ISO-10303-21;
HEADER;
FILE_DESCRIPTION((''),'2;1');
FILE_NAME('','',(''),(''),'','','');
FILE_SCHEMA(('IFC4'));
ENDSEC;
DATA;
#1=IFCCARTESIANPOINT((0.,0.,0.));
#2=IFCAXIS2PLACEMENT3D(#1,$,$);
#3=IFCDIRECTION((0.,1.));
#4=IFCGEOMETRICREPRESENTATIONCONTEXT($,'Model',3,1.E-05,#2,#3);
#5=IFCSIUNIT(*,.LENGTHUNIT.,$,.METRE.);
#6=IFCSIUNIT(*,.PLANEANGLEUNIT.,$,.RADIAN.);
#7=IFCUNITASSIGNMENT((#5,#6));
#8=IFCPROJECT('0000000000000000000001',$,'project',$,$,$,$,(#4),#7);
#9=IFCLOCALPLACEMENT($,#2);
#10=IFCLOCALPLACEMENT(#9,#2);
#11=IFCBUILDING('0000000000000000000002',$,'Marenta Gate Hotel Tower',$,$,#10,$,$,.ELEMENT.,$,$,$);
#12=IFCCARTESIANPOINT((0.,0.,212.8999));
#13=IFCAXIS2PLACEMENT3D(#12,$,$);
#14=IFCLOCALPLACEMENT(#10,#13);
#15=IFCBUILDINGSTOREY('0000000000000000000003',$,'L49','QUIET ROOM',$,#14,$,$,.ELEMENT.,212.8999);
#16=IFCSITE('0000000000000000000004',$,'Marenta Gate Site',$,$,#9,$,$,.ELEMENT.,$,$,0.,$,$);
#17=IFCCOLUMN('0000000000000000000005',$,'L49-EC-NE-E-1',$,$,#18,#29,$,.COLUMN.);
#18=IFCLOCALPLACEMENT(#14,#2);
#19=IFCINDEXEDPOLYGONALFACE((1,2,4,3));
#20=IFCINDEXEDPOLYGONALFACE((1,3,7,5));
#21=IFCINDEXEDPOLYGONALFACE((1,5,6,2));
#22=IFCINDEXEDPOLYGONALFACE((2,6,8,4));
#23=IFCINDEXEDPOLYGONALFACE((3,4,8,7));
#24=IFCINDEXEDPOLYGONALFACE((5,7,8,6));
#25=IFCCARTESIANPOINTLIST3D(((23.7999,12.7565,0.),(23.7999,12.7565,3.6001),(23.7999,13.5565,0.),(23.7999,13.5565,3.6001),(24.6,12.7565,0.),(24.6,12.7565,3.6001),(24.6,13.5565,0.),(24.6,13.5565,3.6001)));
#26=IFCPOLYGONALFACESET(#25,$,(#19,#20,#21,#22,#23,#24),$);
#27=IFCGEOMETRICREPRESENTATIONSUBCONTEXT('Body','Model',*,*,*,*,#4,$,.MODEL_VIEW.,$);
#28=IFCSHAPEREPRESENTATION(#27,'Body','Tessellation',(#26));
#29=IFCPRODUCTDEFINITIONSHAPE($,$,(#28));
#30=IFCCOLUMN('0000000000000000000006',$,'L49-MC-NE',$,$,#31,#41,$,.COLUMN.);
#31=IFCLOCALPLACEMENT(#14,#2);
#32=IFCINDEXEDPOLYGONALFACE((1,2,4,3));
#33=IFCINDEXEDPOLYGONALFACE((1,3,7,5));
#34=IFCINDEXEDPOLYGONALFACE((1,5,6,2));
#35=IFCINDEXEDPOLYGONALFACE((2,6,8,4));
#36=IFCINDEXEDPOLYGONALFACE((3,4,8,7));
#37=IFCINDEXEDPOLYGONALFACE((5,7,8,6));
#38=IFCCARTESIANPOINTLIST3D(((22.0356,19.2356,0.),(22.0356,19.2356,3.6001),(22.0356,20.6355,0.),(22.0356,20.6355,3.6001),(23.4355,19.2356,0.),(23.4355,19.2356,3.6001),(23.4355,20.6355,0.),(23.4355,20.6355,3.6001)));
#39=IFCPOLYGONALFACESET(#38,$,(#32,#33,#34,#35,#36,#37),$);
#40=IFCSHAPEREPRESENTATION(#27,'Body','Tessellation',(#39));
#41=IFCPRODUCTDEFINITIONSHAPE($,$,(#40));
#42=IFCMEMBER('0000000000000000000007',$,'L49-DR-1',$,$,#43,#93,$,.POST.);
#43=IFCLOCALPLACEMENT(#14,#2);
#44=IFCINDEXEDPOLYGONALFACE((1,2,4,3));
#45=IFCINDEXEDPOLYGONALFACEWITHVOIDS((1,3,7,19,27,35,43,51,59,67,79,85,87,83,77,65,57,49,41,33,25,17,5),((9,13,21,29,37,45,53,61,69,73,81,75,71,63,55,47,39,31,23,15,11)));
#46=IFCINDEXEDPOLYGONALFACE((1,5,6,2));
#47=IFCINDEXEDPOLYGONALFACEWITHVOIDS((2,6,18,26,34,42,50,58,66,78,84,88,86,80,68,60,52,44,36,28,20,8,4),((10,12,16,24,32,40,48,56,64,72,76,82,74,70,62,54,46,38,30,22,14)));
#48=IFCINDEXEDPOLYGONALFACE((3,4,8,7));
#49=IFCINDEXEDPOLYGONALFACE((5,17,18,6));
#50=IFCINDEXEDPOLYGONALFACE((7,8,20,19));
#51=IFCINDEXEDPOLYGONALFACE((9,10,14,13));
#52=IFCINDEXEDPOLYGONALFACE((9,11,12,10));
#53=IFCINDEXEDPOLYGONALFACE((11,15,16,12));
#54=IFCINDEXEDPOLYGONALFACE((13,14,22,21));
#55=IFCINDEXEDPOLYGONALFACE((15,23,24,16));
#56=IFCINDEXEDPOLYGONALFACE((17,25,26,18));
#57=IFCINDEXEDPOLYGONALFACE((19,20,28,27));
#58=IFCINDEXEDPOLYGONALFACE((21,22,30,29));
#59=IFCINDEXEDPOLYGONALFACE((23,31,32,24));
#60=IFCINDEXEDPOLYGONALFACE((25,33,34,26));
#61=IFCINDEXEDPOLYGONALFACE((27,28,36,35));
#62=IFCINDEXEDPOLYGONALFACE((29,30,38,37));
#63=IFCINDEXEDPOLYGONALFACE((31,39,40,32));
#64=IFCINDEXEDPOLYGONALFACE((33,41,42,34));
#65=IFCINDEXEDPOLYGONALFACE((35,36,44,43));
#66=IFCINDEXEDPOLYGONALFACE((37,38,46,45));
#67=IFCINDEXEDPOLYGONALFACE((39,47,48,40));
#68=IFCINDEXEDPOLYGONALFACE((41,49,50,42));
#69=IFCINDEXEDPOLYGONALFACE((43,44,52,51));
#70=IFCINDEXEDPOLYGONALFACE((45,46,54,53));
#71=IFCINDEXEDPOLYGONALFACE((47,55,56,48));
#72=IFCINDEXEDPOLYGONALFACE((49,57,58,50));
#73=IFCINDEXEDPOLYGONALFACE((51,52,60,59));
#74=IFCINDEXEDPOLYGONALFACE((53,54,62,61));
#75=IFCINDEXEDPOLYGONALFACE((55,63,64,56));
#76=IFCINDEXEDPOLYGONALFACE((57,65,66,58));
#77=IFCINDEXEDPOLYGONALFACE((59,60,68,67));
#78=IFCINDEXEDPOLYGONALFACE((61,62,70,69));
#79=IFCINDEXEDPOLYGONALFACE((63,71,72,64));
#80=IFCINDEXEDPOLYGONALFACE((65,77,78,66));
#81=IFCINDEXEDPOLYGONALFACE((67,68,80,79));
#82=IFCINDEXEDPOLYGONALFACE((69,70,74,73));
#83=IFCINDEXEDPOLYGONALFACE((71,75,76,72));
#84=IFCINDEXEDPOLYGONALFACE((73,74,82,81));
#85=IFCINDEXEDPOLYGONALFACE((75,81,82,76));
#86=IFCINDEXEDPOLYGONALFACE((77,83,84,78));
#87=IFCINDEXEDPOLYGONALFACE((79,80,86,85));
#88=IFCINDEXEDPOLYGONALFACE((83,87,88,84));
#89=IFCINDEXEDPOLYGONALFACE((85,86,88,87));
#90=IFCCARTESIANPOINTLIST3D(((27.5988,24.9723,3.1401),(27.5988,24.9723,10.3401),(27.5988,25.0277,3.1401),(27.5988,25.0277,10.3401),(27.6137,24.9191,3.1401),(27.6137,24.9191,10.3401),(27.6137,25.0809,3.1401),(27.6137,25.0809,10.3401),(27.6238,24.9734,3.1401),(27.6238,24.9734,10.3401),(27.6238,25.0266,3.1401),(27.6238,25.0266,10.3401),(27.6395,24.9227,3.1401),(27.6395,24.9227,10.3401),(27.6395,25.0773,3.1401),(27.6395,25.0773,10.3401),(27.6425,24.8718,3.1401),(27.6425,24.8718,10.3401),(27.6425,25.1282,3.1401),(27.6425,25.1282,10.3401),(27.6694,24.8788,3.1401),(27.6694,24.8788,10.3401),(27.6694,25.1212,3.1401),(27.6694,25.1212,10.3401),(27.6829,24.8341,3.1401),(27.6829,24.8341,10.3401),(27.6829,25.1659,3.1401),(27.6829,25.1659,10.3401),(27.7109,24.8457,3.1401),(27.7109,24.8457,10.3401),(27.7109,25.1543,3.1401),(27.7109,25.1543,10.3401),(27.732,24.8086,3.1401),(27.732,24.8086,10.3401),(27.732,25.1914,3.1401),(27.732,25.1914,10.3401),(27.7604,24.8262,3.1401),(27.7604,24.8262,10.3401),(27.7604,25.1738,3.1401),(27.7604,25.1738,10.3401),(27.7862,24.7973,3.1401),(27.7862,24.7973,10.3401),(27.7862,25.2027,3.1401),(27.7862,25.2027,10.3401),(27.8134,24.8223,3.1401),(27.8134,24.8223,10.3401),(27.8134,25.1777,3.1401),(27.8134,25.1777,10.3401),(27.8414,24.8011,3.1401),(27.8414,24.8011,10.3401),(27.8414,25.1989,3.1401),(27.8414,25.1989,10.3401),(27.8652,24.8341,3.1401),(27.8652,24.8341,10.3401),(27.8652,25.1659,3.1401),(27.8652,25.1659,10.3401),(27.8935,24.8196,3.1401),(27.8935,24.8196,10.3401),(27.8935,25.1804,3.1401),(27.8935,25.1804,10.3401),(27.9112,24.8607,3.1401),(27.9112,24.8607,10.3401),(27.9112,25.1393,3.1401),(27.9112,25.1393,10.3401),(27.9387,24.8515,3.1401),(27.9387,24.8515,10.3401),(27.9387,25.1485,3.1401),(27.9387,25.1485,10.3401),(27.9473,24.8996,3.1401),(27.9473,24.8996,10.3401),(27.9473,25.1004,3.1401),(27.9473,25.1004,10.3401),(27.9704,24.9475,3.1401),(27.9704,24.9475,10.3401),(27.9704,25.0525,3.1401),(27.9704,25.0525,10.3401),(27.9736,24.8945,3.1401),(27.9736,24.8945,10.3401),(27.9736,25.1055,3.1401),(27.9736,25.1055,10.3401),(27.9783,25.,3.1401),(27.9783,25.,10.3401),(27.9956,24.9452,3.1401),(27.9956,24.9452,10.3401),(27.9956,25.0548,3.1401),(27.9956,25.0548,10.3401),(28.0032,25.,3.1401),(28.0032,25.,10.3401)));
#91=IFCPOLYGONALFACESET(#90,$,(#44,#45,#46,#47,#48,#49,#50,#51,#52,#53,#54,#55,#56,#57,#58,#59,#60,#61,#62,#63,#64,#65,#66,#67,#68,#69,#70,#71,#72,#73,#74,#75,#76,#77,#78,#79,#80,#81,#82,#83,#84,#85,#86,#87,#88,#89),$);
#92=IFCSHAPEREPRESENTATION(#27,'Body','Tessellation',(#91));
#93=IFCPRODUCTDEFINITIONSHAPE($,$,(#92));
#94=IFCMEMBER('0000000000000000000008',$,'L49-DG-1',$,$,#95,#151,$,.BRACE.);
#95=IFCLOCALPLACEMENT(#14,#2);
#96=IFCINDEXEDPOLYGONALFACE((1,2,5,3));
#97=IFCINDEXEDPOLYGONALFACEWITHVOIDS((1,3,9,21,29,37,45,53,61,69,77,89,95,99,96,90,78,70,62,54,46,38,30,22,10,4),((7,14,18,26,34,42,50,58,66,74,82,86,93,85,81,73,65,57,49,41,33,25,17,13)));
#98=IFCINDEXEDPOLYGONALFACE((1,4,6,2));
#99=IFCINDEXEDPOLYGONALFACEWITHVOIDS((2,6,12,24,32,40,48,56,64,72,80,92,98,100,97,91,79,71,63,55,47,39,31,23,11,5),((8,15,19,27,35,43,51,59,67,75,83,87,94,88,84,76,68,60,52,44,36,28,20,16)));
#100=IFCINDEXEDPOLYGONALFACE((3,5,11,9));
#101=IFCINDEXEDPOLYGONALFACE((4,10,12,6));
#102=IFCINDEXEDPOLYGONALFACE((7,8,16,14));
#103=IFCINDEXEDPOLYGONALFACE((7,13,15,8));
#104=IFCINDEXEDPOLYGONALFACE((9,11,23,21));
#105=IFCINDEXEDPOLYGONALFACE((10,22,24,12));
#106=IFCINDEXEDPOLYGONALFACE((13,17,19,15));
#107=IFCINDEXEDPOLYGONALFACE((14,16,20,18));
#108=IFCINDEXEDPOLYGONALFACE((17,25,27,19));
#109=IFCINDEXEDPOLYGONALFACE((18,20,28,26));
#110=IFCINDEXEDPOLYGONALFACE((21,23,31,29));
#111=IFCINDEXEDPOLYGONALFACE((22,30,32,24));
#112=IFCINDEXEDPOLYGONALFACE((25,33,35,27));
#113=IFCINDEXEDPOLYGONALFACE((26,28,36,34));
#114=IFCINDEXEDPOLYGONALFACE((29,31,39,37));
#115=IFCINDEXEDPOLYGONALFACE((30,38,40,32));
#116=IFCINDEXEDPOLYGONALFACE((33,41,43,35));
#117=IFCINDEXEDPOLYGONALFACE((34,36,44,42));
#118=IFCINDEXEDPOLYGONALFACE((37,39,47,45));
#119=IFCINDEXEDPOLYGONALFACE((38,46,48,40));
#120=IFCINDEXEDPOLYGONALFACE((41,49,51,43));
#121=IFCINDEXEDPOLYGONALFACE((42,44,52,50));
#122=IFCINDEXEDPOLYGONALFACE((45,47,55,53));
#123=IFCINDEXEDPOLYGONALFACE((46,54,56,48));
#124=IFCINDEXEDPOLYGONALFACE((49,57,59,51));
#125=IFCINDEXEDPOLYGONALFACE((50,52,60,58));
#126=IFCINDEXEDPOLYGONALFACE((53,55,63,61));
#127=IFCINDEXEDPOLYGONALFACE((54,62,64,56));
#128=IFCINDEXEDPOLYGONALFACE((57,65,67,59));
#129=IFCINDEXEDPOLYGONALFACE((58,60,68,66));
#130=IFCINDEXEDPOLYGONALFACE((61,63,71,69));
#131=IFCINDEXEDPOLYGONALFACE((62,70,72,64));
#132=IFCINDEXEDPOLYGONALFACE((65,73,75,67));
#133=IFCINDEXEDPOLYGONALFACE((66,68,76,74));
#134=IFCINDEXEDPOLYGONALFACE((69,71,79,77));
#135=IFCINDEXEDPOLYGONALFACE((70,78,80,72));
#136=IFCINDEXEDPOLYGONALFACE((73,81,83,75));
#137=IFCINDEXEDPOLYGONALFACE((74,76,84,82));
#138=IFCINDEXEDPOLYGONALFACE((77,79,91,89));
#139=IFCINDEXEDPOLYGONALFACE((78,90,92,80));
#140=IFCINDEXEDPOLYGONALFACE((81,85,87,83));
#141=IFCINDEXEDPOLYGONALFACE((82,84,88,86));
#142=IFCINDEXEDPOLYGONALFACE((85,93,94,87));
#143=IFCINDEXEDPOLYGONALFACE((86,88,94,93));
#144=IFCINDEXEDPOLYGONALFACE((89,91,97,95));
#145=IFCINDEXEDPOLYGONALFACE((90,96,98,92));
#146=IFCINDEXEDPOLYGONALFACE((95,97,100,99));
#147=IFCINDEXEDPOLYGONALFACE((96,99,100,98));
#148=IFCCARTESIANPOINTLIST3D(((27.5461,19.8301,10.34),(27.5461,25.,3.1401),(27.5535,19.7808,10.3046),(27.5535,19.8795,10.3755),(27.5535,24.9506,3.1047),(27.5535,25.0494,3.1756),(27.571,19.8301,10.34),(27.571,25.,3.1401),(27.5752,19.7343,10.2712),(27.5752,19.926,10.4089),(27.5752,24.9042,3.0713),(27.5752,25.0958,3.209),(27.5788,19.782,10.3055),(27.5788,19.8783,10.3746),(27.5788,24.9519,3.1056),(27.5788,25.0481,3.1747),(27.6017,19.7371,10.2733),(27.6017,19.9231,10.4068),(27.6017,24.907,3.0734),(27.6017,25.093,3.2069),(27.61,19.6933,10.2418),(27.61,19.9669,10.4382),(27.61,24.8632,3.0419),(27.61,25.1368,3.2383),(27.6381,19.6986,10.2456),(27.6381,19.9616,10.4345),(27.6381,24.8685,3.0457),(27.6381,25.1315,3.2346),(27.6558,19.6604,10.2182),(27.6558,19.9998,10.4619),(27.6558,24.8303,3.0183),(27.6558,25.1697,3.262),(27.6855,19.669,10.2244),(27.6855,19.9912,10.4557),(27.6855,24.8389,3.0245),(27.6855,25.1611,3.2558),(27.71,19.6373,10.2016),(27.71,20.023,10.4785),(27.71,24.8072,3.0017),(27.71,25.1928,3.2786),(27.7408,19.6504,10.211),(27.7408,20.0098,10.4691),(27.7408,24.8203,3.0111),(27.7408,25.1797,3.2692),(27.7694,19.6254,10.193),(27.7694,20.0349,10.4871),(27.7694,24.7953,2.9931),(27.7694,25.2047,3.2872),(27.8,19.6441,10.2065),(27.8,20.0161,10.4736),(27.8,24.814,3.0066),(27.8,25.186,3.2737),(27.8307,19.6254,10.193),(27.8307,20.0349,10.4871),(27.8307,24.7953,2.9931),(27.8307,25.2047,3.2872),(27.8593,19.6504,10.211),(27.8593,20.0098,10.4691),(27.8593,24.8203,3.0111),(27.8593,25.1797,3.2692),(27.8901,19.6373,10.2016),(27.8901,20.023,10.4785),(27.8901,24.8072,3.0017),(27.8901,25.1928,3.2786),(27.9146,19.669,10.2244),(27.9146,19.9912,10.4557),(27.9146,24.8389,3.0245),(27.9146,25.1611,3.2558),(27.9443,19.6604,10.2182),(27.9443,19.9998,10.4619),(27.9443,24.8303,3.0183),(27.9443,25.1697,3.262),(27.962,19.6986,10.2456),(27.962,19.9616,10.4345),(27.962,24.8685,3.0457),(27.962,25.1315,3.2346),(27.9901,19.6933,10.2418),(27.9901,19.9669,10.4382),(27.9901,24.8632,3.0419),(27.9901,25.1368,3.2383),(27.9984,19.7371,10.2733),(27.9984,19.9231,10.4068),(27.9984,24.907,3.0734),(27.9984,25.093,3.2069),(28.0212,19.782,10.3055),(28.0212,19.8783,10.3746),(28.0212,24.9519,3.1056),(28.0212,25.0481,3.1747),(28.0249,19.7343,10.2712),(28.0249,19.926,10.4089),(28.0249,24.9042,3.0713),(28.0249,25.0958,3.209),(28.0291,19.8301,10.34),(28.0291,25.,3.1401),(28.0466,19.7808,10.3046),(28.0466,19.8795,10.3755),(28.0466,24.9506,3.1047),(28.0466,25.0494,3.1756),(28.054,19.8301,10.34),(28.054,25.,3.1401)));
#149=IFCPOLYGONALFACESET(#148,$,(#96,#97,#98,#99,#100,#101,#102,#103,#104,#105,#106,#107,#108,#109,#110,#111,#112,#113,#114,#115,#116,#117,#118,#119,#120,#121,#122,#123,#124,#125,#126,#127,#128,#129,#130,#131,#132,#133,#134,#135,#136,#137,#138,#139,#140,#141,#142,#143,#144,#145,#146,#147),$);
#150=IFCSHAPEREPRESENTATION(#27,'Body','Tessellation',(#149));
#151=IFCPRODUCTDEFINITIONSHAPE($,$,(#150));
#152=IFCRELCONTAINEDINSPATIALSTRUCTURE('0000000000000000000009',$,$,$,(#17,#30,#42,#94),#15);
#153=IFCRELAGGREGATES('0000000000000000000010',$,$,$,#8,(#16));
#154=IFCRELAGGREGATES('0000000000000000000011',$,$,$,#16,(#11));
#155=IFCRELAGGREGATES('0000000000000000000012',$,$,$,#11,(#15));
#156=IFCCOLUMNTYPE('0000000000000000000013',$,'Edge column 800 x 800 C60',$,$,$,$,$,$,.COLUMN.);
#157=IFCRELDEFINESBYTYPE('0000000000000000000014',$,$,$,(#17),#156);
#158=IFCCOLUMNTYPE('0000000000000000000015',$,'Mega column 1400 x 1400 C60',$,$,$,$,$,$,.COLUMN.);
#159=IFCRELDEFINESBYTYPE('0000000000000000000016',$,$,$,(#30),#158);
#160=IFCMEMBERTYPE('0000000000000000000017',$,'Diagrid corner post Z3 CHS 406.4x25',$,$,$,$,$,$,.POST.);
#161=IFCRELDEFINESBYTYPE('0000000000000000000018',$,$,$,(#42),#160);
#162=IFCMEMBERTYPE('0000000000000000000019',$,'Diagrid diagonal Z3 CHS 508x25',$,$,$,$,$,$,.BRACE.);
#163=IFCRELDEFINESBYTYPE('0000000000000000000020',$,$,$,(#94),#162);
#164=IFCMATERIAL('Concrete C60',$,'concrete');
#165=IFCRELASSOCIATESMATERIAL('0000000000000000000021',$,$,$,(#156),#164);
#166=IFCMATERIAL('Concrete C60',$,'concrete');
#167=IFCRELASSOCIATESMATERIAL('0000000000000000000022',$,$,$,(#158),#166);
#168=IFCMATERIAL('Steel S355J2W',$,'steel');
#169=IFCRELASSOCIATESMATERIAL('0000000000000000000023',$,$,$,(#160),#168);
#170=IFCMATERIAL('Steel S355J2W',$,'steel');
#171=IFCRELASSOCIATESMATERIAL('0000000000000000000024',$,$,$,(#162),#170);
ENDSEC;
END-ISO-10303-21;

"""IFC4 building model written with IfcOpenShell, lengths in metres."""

from ifc_helpers import new_model, si_unit, direction, frame, origin, origin_2d, place, context, subcontext, project, spatial, rectangle, hollow_circle, extrude, material, material_profile, profile_set, type_object, element, save


model = new_model("IFC4")

# Units and contexts
model_context = context("Model", 3, precision=1e-05, world=origin(), true_north=direction((0.0, 1.0)))
body_context = subcontext(model_context, "Body", "Model", "MODEL_VIEW")
ifc_project = project(units=[si_unit("LENGTHUNIT", "METRE"), si_unit("PLANEANGLEUNIT", "RADIAN")], contexts=[model_context])

# Site, building, storey
site_placement = place(None, origin())
site = spatial("IfcSite", under=ifc_project, at=site_placement, Name="Marenta Gate Site", CompositionType="ELEMENT", RefElevation=0.0)
building_placement = place(site_placement, origin())
building = spatial("IfcBuilding", under=site, at=building_placement, Name="Marenta Gate Hotel Tower", CompositionType="ELEMENT")
storey_placement = place(building_placement, frame((0.0, 0.0, 212.8999)))
storey = spatial("IfcBuildingStorey", under=building, at=storey_placement, Name="L49", Description="QUIET ROOM", CompositionType="ELEMENT", Elevation=212.8999)

# Columns
ifc_material_1 = material(Name="Concrete C60", Category="concrete")
ifc_material_profile_1 = material_profile(ifc_material_1, rectangle(XDim=0.8, YDim=0.8, at=origin_2d()), Name="800 x 800")
ifc_profile_set_1 = profile_set([ifc_material_profile_1], Name="Concrete C60")
column_type_1 = type_object("IfcColumnType", Name="Edge column 800 x 800 C60", PredefinedType="COLUMN", material=ifc_profile_set_1)
column_1_placement = place(storey_placement, frame((24.2, 13.1565, 0.0), z_axis=(0.0, 0.0, 1.0), x_axis=(1.0, 0.0, 0.0)))
element("IfcColumn", 1, at=column_1_placement, inside=storey, type_object=column_type_1, Name="L49-EC-NE-E-1", PredefinedType="COLUMN", context=body_context, shape_type="SweptSolid", body=[
    extrude(rectangle(XDim=0.8, YDim=0.8, at=origin_2d()), origin(), (0.0, 0.0, 1.0), 3.6001),
])
ifc_material_2 = material(Name="Concrete C60", Category="concrete")
ifc_material_profile_2 = material_profile(ifc_material_2, rectangle(XDim=1.3999, YDim=1.3999, at=origin_2d()), Name="1400 x 1400")
ifc_profile_set_2 = profile_set([ifc_material_profile_2], Name="Concrete C60")
column_type_2 = type_object("IfcColumnType", Name="Mega column 1400 x 1400 C60", PredefinedType="COLUMN", material=ifc_profile_set_2)
column_2_placement = place(storey_placement, frame((22.7356, 19.9355, 0.0), z_axis=(0.0, 0.0, 1.0), x_axis=(1.0, 0.0, 0.0)))
element("IfcColumn", 2, at=column_2_placement, inside=storey, type_object=column_type_2, Name="L49-MC-NE", PredefinedType="COLUMN", context=body_context, shape_type="SweptSolid", body=[
    extrude(rectangle(XDim=1.3999, YDim=1.3999, at=origin_2d()), origin(), (0.0, 0.0, 1.0), 3.6001),
])

# Members
ifc_material_3 = material(Name="Steel S355J2W", Category="steel")
ifc_material_profile_3 = material_profile(ifc_material_3, hollow_circle(Radius=0.2031, WallThickness=0.0249, at=origin_2d()), Name="CHS 406.4x25")
ifc_profile_set_3 = profile_set([ifc_material_profile_3], Name="Steel S355J2W")
member_type_1 = type_object("IfcMemberType", Name="Diagrid corner post Z3 CHS 406.4x25", PredefinedType="POST", material=ifc_profile_set_3)
member_1_placement = place(storey_placement, frame((27.8, 25.0, 3.1401), z_axis=(0.0, 0.0, 1.0), x_axis=(1.0, 0.0, 0.0)))
element("IfcMember", 3, at=member_1_placement, inside=storey, type_object=member_type_1, Name="L49-DR-1", PredefinedType="POST", context=body_context, shape_type="SweptSolid", body=[
    extrude(hollow_circle(Radius=0.2031, WallThickness=0.0249, at=origin_2d()), origin(), (0.0, 0.0, 1.0), 7.2),
])
ifc_material_4 = material(Name="Steel S355J2W", Category="steel")
ifc_material_profile_4 = material_profile(ifc_material_4, hollow_circle(Radius=0.2539, WallThickness=0.0249, at=origin_2d()), Name="CHS 508x25")
ifc_profile_set_4 = profile_set([ifc_material_profile_4], Name="Steel S355J2W")
member_type_2 = type_object("IfcMemberType", Name="Diagrid diagonal Z3 CHS 508x25", PredefinedType="BRACE", material=ifc_profile_set_4)
member_2_placement = place(storey_placement, frame((27.8, 25.0, 3.1401), z_axis=(0.0, -0.583261, 0.812285), x_axis=(1.0, 0.0, 0.0)))
element("IfcMember", 4, at=member_2_placement, inside=storey, type_object=member_type_2, Name="L49-DG-1", PredefinedType="BRACE", context=body_context, shape_type="SweptSolid", body=[
    extrude(hollow_circle(Radius=0.2539, WallThickness=0.0249, at=origin_2d()), origin(), (0.0, 0.0, 1.0), 8.8638),
])

save(model, "model.ifc")
